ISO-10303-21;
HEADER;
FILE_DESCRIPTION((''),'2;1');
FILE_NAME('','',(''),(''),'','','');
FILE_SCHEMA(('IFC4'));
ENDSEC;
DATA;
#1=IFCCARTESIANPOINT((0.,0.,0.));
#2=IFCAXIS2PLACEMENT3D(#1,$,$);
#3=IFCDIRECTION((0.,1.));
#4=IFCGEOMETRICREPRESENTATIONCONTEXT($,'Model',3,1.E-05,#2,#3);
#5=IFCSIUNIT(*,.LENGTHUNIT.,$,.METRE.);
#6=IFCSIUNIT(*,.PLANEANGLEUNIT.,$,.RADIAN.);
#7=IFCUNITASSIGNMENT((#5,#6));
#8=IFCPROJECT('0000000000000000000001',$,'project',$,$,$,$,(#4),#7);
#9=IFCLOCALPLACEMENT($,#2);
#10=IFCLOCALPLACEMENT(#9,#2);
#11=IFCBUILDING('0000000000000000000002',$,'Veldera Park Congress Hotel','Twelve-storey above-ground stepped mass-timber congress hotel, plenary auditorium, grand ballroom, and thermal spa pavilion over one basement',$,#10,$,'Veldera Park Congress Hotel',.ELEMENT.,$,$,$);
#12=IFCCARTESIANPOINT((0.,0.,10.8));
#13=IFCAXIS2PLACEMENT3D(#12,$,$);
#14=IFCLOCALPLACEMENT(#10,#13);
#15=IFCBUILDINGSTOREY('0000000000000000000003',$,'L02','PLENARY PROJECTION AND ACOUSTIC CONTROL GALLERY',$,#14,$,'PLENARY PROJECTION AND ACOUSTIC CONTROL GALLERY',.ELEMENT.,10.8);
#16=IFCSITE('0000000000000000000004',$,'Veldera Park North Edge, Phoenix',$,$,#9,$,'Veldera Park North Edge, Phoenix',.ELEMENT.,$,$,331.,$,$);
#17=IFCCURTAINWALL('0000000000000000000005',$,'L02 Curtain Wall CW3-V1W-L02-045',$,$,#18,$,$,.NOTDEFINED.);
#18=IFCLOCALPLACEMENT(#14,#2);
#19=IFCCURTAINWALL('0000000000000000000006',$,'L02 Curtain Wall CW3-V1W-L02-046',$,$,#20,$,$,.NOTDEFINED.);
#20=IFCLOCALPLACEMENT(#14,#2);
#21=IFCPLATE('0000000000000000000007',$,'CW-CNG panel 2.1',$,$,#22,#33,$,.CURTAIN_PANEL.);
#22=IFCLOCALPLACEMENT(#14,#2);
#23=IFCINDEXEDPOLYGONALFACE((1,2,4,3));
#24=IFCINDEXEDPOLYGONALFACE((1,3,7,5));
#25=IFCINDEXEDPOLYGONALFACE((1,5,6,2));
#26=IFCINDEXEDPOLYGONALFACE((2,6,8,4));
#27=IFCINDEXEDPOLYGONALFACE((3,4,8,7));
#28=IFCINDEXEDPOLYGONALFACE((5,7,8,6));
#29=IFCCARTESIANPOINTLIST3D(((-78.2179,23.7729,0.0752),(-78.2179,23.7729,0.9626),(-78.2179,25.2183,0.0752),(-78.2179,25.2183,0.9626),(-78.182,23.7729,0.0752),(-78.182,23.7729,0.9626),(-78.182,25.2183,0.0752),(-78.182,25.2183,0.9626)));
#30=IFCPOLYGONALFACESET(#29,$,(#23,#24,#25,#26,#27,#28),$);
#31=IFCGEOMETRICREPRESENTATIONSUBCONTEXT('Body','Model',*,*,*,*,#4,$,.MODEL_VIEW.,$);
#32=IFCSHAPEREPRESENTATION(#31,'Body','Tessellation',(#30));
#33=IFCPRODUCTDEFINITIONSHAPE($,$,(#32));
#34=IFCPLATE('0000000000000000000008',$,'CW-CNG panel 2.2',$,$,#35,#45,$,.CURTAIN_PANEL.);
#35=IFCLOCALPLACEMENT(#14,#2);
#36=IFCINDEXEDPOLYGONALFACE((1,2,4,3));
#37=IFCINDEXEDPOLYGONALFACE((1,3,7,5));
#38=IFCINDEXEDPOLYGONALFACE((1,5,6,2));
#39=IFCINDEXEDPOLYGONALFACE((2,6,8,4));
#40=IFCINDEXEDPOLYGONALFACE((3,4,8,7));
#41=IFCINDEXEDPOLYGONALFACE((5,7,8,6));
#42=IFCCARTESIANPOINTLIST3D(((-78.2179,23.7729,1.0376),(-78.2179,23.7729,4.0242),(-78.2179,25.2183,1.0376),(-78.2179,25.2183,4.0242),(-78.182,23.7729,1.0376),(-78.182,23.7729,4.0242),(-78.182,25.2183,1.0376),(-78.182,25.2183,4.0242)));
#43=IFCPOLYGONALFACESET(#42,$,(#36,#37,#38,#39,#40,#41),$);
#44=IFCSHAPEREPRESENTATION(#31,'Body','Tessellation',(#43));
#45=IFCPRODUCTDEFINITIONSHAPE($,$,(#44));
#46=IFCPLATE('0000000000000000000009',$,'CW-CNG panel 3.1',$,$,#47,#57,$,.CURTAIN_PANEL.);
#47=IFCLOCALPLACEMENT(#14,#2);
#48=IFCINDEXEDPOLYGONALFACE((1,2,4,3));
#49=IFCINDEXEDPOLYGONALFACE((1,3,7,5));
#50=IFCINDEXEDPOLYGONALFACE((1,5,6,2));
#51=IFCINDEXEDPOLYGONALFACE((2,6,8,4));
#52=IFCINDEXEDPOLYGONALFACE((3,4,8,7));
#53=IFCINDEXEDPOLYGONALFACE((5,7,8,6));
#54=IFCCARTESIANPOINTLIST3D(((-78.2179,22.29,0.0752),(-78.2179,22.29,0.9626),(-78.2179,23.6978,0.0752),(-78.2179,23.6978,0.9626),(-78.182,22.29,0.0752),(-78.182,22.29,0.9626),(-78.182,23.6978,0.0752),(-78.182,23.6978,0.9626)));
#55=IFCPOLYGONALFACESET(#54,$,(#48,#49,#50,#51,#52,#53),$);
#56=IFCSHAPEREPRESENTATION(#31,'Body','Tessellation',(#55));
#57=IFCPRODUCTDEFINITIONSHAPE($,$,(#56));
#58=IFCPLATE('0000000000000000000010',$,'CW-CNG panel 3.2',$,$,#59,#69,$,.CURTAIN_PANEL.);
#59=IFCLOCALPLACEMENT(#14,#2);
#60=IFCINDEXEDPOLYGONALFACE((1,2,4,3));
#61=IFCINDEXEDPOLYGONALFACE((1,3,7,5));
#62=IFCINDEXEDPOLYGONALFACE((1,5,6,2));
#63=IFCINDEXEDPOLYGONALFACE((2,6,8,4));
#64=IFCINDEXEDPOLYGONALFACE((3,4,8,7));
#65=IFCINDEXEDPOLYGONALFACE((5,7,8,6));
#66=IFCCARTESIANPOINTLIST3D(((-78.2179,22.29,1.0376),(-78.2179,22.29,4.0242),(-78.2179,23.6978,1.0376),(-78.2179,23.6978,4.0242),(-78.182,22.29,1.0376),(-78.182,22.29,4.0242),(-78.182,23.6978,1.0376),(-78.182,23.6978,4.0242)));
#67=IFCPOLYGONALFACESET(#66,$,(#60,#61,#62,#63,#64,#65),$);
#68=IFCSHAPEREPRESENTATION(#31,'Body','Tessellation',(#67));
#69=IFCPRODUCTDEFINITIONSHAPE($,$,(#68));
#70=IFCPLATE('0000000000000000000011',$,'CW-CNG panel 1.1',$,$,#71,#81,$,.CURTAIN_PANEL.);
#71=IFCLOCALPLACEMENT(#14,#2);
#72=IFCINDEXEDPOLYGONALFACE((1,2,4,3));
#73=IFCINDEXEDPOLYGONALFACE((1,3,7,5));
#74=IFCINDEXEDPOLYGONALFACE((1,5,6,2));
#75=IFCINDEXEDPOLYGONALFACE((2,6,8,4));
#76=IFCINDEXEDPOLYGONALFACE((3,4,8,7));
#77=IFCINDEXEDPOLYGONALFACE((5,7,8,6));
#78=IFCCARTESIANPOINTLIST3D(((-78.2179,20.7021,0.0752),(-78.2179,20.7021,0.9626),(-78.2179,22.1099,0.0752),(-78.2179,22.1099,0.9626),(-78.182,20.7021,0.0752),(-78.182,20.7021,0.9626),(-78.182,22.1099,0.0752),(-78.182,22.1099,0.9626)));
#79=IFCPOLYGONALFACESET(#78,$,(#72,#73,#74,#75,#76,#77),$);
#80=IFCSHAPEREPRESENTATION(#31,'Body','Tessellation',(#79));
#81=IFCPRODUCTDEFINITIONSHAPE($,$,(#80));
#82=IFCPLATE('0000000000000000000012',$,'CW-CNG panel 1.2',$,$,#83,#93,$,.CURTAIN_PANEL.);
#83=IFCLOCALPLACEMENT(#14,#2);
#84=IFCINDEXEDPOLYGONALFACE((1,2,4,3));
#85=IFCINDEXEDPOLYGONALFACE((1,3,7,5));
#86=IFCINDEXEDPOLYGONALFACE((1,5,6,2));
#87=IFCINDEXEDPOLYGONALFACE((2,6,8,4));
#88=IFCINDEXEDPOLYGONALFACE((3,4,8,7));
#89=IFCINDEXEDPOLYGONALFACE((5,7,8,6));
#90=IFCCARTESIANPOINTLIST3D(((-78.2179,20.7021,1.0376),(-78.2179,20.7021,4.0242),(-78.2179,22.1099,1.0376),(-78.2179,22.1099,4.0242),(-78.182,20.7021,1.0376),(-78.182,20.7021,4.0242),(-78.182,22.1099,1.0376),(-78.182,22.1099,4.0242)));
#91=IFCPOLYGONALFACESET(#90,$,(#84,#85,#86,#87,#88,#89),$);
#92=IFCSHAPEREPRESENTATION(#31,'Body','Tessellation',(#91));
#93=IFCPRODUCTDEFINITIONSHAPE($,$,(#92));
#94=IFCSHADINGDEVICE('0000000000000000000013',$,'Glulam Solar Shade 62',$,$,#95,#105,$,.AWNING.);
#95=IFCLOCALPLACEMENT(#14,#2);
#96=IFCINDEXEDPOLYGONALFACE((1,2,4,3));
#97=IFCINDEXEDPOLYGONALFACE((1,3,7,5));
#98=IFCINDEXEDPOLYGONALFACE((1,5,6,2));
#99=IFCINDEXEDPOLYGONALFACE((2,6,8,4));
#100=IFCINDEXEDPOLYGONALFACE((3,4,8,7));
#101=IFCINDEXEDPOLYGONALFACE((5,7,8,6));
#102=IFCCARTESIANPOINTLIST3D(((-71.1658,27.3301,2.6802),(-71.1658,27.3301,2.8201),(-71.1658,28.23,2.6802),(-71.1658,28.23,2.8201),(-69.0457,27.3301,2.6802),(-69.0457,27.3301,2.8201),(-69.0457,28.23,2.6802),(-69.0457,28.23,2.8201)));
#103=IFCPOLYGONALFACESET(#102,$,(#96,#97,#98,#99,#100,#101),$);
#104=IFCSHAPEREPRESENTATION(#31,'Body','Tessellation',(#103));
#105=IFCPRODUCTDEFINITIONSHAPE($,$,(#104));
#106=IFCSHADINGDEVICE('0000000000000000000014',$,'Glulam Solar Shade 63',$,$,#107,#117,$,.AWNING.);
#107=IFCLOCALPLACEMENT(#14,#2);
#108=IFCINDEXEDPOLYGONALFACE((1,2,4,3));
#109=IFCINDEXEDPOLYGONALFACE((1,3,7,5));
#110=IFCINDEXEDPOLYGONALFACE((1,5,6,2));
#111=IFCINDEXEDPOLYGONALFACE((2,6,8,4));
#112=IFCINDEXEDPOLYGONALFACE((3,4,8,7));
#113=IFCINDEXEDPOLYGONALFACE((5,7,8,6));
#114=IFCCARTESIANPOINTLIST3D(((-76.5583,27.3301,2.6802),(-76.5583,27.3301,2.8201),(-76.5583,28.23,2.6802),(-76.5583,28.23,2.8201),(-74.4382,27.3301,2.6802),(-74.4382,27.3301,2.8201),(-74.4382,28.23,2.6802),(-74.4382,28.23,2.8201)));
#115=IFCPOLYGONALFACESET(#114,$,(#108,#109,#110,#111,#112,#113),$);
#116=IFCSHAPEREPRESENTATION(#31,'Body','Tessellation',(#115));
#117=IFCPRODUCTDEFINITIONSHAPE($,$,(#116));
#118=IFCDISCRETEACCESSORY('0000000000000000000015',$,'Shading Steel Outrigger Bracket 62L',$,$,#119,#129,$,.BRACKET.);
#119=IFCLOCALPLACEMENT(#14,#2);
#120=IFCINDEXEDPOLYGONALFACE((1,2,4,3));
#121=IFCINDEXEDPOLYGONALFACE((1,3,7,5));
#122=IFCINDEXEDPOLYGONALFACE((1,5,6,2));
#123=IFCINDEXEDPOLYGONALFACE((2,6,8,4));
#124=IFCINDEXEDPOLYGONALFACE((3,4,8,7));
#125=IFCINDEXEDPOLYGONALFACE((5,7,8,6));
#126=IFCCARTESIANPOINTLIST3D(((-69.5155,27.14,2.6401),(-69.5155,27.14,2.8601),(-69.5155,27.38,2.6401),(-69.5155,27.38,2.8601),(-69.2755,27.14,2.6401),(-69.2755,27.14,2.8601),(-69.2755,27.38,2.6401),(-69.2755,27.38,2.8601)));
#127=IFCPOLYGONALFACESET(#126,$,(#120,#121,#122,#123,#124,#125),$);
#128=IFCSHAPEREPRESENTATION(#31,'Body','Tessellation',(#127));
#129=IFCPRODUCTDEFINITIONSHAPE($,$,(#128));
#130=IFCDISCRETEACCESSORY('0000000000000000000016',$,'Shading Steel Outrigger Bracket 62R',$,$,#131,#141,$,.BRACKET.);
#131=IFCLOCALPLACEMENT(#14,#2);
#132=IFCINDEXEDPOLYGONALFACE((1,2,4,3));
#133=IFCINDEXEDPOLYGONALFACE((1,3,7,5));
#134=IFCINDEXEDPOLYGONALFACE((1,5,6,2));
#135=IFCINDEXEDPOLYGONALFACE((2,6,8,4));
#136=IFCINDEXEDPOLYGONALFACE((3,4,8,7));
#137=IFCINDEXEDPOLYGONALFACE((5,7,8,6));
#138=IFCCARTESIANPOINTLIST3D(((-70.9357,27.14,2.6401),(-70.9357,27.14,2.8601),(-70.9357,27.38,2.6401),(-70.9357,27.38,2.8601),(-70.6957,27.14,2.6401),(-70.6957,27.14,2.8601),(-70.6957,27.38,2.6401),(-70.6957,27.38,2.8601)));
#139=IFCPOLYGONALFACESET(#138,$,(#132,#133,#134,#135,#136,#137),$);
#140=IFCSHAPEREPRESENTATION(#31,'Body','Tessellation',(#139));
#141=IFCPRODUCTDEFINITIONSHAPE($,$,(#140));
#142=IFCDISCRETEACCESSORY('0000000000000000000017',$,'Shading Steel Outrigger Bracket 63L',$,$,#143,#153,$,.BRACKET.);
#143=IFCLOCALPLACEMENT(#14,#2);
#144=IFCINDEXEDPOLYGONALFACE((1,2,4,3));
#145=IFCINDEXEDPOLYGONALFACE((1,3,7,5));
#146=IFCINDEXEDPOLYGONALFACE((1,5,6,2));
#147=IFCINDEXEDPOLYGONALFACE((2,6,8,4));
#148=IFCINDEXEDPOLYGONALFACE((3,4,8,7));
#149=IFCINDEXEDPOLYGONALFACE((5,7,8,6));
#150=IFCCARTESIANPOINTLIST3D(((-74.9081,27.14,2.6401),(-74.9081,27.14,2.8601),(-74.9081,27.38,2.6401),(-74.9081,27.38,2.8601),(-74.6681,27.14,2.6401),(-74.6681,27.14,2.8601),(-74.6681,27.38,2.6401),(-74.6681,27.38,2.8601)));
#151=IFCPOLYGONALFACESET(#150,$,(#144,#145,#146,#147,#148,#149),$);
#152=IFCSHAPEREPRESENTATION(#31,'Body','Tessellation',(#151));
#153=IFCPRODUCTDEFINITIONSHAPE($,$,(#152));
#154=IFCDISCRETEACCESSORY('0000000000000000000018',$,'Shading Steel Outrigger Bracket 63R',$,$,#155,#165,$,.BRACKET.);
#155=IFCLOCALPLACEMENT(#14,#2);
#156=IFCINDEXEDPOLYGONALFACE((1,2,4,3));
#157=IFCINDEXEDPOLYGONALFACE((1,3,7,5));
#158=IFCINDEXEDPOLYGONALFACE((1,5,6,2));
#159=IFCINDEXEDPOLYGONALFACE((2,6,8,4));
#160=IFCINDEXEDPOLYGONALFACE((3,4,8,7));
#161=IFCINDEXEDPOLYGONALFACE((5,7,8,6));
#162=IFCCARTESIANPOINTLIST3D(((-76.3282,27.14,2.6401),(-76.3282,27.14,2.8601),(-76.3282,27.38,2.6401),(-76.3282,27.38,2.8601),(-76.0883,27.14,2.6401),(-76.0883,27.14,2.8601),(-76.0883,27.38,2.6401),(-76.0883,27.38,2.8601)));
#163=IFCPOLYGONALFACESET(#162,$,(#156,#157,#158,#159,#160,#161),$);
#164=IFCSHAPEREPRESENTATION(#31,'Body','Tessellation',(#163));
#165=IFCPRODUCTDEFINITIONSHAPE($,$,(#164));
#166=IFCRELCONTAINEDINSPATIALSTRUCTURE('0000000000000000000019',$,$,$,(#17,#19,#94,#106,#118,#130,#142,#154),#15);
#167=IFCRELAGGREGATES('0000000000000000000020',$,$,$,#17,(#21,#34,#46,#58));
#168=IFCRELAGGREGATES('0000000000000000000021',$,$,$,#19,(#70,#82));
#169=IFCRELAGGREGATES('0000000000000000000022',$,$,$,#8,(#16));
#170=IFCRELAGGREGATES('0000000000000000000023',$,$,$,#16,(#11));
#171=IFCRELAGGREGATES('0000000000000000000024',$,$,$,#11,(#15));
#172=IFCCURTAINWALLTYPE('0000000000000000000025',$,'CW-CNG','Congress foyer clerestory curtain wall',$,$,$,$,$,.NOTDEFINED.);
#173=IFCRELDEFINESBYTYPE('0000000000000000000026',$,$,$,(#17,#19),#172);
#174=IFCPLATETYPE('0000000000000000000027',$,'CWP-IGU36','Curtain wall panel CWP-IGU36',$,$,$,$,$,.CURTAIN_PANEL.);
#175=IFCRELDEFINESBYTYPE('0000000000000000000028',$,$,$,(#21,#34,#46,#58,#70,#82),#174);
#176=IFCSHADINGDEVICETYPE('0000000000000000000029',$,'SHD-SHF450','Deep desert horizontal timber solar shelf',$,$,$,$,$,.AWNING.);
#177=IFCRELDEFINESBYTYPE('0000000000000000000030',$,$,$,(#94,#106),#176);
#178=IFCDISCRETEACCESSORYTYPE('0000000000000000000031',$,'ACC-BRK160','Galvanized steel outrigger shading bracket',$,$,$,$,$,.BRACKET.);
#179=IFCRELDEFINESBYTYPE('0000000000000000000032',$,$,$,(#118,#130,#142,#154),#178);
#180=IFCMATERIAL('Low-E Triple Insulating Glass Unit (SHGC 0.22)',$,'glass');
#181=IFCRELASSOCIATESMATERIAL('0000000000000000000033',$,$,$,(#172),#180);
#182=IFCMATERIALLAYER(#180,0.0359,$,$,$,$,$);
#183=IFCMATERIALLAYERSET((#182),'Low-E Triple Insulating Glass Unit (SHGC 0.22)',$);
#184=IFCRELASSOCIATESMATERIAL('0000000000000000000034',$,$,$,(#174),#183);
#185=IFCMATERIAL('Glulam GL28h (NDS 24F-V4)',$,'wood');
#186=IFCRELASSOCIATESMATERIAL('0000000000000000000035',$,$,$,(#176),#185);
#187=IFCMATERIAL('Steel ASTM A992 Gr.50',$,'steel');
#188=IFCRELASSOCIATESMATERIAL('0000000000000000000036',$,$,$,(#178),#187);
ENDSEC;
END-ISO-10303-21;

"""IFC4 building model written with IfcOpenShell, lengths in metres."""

from ifc_helpers import new_model, si_unit, direction, frame, origin, origin_2d, place, context, subcontext, project, spatial, rectangle, extrude, material, layer, layer_set, type_object, element, aggregate, save


model = new_model("IFC4")

# Units and contexts
model_context = context("Model", 3, precision=1e-05, world=origin(), true_north=direction((0.0, 1.0)))
body_context = subcontext(model_context, "Body", "Model", "MODEL_VIEW")
ifc_project = project(units=[si_unit("LENGTHUNIT", "METRE"), si_unit("PLANEANGLEUNIT", "RADIAN")], contexts=[model_context])

# Site, building, storey
site_placement = place(None, origin())
site = spatial("IfcSite", under=ifc_project, at=site_placement, Name="Veldera Park North Edge, Phoenix", LongName="Veldera Park North Edge, Phoenix", CompositionType="ELEMENT", RefElevation=331.0)
building_placement = place(site_placement, origin())
building = spatial("IfcBuilding", under=site, at=building_placement, Name="Veldera Park Congress Hotel", Description="Twelve-storey above-ground stepped mass-timber congress hotel, plenary auditorium, grand ballroom, and thermal spa pavilion over one basement", LongName="Veldera Park Congress Hotel", CompositionType="ELEMENT")
storey_placement = place(building_placement, frame((0.0, 0.0, 10.8)))
storey = spatial("IfcBuildingStorey", under=building, at=storey_placement, Name="L02", Description="PLENARY PROJECTION AND ACOUSTIC CONTROL GALLERY", LongName="PLENARY PROJECTION AND ACOUSTIC CONTROL GALLERY", CompositionType="ELEMENT", Elevation=10.8)

# Shared definitions
ifc_material_1 = material(Name="Glulam GL28h (NDS 24F-V4)", Category="wood")
ifc_material_2 = material(Name="Steel ASTM A992 Gr.50", Category="steel")

# Curtain walls
ifc_material_3 = material(Name="Low-E Triple Insulating Glass Unit (SHGC 0.22)", Category="glass")
curtain_wall_type = type_object("IfcCurtainWallType", Name="CW-CNG", Description="Congress foyer clerestory curtain wall", PredefinedType="NOTDEFINED", material=ifc_material_3)
curtain_wall_1_placement = place(storey_placement, origin())
curtain_wall_1 = element("IfcCurtainWall", 1, at=curtain_wall_1_placement, inside=storey, type_object=curtain_wall_type, Name="L02 Curtain Wall CW3-V1W-L02-045", PredefinedType="NOTDEFINED")
curtain_wall_2_placement = place(storey_placement, origin())
curtain_wall_2 = element("IfcCurtainWall", 2, at=curtain_wall_2_placement, inside=storey, type_object=curtain_wall_type, Name="L02 Curtain Wall CW3-V1W-L02-046", PredefinedType="NOTDEFINED")

# Plates
ifc_layer = layer(ifc_material_3, 0.0359)
ifc_layer_set = layer_set([ifc_layer], Name="Low-E Triple Insulating Glass Unit (SHGC 0.22)")
plate_type = type_object("IfcPlateType", Name="CWP-IGU36", Description="Curtain wall panel CWP-IGU36", PredefinedType="CURTAIN_PANEL", material=ifc_layer_set)
plate_1_placement = place(storey_placement, frame((-78.2, 24.4956, 0.0752), z_axis=(0.0, 0.0, 1.0), x_axis=(0.0, -1.0, 0.0)))
plate_1 = element("IfcPlate", 3, at=plate_1_placement, type_object=plate_type, Name="CW-CNG panel 2.1", PredefinedType="CURTAIN_PANEL", context=body_context, shape_type="SweptSolid", body=[
    extrude(rectangle(XDim=1.4453, YDim=0.0359, at=origin_2d()), origin(), (0.0, 0.0, 1.0), 0.8875),
])
plate_2_placement = place(storey_placement, frame((-78.2, 24.4956, 1.0376), z_axis=(0.0, 0.0, 1.0), x_axis=(0.0, -1.0, 0.0)))
plate_2 = element("IfcPlate", 4, at=plate_2_placement, type_object=plate_type, Name="CW-CNG panel 2.2", PredefinedType="CURTAIN_PANEL", context=body_context, shape_type="SweptSolid", body=[
    extrude(rectangle(XDim=1.4453, YDim=0.0359, at=origin_2d()), origin(), (0.0, 0.0, 1.0), 2.9866),
])
plate_3_placement = place(storey_placement, frame((-78.2, 22.9939, 0.0752), z_axis=(0.0, 0.0, 1.0), x_axis=(0.0, -1.0, 0.0)))
plate_3 = element("IfcPlate", 5, at=plate_3_placement, type_object=plate_type, Name="CW-CNG panel 3.1", PredefinedType="CURTAIN_PANEL", context=body_context, shape_type="SweptSolid", body=[
    extrude(rectangle(XDim=1.4077, YDim=0.0359, at=origin_2d()), origin(), (0.0, 0.0, 1.0), 0.8875),
])
plate_4_placement = place(storey_placement, frame((-78.2, 22.9939, 1.0376), z_axis=(0.0, 0.0, 1.0), x_axis=(0.0, -1.0, 0.0)))
plate_4 = element("IfcPlate", 6, at=plate_4_placement, type_object=plate_type, Name="CW-CNG panel 3.2", PredefinedType="CURTAIN_PANEL", context=body_context, shape_type="SweptSolid", body=[
    extrude(rectangle(XDim=1.4077, YDim=0.0359, at=origin_2d()), origin(), (0.0, 0.0, 1.0), 2.9866),
])
aggregate(curtain_wall_1, [plate_1, plate_2, plate_3, plate_4])
plate_5_placement = place(storey_placement, frame((-78.2, 21.406, 0.0752), z_axis=(0.0, 0.0, 1.0), x_axis=(0.0, -1.0, 0.0)))
plate_5 = element("IfcPlate", 7, at=plate_5_placement, type_object=plate_type, Name="CW-CNG panel 1.1", PredefinedType="CURTAIN_PANEL", context=body_context, shape_type="SweptSolid", body=[
    extrude(rectangle(XDim=1.4077, YDim=0.0359, at=origin_2d()), origin(), (0.0, 0.0, 1.0), 0.8875),
])
plate_6_placement = place(storey_placement, frame((-78.2, 21.406, 1.0376), z_axis=(0.0, 0.0, 1.0), x_axis=(0.0, -1.0, 0.0)))
plate_6 = element("IfcPlate", 8, at=plate_6_placement, type_object=plate_type, Name="CW-CNG panel 1.2", PredefinedType="CURTAIN_PANEL", context=body_context, shape_type="SweptSolid", body=[
    extrude(rectangle(XDim=1.4077, YDim=0.0359, at=origin_2d()), origin(), (0.0, 0.0, 1.0), 2.9866),
])
aggregate(curtain_wall_2, [plate_5, plate_6])

# Shading devices
shading_device_type = type_object("IfcShadingDeviceType", Name="SHD-SHF450", Description="Deep desert horizontal timber solar shelf", PredefinedType="AWNING", material=ifc_material_1)
for number, where, z_axis, x_axis, name in (
    (9, (-70.1057, 27.78, 2.6802), (0.0, 0.0, 1.0), (-1.0, 0.0, 0.0), "Glulam Solar Shade 62"),
    (10, (-75.4983, 27.78, 2.6802), (0.0, 0.0, 1.0), (-1.0, 0.0, 0.0), "Glulam Solar Shade 63"),
):
    element("IfcShadingDevice", number, at=place(storey_placement, frame(where, z_axis=z_axis, x_axis=x_axis)), inside=storey, type_object=shading_device_type, Name=name, PredefinedType="AWNING", context=body_context, shape_type="SweptSolid", body=[
        extrude(rectangle(XDim=2.1201, YDim=0.8999, at=origin_2d()), origin(), (0.0, 0.0, 1.0), 0.1399),
    ])

# Discrete accessories
discrete_accessory_type = type_object("IfcDiscreteAccessoryType", Name="ACC-BRK160", Description="Galvanized steel outrigger shading bracket", PredefinedType="BRACKET", material=ifc_material_2)
for number, where, z_axis, x_axis, name in (
    (11, (-69.3955, 27.26, 2.6401), (0.0, 0.0, 1.0), (-1.0, 0.0, 0.0), "Shading Steel Outrigger Bracket 62L"),
    (12, (-70.8157, 27.26, 2.6401), (0.0, 0.0, 1.0), (-1.0, 0.0, 0.0), "Shading Steel Outrigger Bracket 62R"),
    (13, (-74.7881, 27.26, 2.6401), (0.0, 0.0, 1.0), (-1.0, 0.0, 0.0), "Shading Steel Outrigger Bracket 63L"),
    (14, (-76.2083, 27.26, 2.6401), (0.0, 0.0, 1.0), (-1.0, 0.0, 0.0), "Shading Steel Outrigger Bracket 63R"),
):
    element("IfcDiscreteAccessory", number, at=place(storey_placement, frame(where, z_axis=z_axis, x_axis=x_axis)), inside=storey, type_object=discrete_accessory_type, Name=name, PredefinedType="BRACKET", context=body_context, shape_type="SweptSolid", body=[
        extrude(rectangle(XDim=0.24, YDim=0.24, at=origin_2d()), origin(), (0.0, 0.0, 1.0), 0.22),
    ])

save(model, "model.ifc")
